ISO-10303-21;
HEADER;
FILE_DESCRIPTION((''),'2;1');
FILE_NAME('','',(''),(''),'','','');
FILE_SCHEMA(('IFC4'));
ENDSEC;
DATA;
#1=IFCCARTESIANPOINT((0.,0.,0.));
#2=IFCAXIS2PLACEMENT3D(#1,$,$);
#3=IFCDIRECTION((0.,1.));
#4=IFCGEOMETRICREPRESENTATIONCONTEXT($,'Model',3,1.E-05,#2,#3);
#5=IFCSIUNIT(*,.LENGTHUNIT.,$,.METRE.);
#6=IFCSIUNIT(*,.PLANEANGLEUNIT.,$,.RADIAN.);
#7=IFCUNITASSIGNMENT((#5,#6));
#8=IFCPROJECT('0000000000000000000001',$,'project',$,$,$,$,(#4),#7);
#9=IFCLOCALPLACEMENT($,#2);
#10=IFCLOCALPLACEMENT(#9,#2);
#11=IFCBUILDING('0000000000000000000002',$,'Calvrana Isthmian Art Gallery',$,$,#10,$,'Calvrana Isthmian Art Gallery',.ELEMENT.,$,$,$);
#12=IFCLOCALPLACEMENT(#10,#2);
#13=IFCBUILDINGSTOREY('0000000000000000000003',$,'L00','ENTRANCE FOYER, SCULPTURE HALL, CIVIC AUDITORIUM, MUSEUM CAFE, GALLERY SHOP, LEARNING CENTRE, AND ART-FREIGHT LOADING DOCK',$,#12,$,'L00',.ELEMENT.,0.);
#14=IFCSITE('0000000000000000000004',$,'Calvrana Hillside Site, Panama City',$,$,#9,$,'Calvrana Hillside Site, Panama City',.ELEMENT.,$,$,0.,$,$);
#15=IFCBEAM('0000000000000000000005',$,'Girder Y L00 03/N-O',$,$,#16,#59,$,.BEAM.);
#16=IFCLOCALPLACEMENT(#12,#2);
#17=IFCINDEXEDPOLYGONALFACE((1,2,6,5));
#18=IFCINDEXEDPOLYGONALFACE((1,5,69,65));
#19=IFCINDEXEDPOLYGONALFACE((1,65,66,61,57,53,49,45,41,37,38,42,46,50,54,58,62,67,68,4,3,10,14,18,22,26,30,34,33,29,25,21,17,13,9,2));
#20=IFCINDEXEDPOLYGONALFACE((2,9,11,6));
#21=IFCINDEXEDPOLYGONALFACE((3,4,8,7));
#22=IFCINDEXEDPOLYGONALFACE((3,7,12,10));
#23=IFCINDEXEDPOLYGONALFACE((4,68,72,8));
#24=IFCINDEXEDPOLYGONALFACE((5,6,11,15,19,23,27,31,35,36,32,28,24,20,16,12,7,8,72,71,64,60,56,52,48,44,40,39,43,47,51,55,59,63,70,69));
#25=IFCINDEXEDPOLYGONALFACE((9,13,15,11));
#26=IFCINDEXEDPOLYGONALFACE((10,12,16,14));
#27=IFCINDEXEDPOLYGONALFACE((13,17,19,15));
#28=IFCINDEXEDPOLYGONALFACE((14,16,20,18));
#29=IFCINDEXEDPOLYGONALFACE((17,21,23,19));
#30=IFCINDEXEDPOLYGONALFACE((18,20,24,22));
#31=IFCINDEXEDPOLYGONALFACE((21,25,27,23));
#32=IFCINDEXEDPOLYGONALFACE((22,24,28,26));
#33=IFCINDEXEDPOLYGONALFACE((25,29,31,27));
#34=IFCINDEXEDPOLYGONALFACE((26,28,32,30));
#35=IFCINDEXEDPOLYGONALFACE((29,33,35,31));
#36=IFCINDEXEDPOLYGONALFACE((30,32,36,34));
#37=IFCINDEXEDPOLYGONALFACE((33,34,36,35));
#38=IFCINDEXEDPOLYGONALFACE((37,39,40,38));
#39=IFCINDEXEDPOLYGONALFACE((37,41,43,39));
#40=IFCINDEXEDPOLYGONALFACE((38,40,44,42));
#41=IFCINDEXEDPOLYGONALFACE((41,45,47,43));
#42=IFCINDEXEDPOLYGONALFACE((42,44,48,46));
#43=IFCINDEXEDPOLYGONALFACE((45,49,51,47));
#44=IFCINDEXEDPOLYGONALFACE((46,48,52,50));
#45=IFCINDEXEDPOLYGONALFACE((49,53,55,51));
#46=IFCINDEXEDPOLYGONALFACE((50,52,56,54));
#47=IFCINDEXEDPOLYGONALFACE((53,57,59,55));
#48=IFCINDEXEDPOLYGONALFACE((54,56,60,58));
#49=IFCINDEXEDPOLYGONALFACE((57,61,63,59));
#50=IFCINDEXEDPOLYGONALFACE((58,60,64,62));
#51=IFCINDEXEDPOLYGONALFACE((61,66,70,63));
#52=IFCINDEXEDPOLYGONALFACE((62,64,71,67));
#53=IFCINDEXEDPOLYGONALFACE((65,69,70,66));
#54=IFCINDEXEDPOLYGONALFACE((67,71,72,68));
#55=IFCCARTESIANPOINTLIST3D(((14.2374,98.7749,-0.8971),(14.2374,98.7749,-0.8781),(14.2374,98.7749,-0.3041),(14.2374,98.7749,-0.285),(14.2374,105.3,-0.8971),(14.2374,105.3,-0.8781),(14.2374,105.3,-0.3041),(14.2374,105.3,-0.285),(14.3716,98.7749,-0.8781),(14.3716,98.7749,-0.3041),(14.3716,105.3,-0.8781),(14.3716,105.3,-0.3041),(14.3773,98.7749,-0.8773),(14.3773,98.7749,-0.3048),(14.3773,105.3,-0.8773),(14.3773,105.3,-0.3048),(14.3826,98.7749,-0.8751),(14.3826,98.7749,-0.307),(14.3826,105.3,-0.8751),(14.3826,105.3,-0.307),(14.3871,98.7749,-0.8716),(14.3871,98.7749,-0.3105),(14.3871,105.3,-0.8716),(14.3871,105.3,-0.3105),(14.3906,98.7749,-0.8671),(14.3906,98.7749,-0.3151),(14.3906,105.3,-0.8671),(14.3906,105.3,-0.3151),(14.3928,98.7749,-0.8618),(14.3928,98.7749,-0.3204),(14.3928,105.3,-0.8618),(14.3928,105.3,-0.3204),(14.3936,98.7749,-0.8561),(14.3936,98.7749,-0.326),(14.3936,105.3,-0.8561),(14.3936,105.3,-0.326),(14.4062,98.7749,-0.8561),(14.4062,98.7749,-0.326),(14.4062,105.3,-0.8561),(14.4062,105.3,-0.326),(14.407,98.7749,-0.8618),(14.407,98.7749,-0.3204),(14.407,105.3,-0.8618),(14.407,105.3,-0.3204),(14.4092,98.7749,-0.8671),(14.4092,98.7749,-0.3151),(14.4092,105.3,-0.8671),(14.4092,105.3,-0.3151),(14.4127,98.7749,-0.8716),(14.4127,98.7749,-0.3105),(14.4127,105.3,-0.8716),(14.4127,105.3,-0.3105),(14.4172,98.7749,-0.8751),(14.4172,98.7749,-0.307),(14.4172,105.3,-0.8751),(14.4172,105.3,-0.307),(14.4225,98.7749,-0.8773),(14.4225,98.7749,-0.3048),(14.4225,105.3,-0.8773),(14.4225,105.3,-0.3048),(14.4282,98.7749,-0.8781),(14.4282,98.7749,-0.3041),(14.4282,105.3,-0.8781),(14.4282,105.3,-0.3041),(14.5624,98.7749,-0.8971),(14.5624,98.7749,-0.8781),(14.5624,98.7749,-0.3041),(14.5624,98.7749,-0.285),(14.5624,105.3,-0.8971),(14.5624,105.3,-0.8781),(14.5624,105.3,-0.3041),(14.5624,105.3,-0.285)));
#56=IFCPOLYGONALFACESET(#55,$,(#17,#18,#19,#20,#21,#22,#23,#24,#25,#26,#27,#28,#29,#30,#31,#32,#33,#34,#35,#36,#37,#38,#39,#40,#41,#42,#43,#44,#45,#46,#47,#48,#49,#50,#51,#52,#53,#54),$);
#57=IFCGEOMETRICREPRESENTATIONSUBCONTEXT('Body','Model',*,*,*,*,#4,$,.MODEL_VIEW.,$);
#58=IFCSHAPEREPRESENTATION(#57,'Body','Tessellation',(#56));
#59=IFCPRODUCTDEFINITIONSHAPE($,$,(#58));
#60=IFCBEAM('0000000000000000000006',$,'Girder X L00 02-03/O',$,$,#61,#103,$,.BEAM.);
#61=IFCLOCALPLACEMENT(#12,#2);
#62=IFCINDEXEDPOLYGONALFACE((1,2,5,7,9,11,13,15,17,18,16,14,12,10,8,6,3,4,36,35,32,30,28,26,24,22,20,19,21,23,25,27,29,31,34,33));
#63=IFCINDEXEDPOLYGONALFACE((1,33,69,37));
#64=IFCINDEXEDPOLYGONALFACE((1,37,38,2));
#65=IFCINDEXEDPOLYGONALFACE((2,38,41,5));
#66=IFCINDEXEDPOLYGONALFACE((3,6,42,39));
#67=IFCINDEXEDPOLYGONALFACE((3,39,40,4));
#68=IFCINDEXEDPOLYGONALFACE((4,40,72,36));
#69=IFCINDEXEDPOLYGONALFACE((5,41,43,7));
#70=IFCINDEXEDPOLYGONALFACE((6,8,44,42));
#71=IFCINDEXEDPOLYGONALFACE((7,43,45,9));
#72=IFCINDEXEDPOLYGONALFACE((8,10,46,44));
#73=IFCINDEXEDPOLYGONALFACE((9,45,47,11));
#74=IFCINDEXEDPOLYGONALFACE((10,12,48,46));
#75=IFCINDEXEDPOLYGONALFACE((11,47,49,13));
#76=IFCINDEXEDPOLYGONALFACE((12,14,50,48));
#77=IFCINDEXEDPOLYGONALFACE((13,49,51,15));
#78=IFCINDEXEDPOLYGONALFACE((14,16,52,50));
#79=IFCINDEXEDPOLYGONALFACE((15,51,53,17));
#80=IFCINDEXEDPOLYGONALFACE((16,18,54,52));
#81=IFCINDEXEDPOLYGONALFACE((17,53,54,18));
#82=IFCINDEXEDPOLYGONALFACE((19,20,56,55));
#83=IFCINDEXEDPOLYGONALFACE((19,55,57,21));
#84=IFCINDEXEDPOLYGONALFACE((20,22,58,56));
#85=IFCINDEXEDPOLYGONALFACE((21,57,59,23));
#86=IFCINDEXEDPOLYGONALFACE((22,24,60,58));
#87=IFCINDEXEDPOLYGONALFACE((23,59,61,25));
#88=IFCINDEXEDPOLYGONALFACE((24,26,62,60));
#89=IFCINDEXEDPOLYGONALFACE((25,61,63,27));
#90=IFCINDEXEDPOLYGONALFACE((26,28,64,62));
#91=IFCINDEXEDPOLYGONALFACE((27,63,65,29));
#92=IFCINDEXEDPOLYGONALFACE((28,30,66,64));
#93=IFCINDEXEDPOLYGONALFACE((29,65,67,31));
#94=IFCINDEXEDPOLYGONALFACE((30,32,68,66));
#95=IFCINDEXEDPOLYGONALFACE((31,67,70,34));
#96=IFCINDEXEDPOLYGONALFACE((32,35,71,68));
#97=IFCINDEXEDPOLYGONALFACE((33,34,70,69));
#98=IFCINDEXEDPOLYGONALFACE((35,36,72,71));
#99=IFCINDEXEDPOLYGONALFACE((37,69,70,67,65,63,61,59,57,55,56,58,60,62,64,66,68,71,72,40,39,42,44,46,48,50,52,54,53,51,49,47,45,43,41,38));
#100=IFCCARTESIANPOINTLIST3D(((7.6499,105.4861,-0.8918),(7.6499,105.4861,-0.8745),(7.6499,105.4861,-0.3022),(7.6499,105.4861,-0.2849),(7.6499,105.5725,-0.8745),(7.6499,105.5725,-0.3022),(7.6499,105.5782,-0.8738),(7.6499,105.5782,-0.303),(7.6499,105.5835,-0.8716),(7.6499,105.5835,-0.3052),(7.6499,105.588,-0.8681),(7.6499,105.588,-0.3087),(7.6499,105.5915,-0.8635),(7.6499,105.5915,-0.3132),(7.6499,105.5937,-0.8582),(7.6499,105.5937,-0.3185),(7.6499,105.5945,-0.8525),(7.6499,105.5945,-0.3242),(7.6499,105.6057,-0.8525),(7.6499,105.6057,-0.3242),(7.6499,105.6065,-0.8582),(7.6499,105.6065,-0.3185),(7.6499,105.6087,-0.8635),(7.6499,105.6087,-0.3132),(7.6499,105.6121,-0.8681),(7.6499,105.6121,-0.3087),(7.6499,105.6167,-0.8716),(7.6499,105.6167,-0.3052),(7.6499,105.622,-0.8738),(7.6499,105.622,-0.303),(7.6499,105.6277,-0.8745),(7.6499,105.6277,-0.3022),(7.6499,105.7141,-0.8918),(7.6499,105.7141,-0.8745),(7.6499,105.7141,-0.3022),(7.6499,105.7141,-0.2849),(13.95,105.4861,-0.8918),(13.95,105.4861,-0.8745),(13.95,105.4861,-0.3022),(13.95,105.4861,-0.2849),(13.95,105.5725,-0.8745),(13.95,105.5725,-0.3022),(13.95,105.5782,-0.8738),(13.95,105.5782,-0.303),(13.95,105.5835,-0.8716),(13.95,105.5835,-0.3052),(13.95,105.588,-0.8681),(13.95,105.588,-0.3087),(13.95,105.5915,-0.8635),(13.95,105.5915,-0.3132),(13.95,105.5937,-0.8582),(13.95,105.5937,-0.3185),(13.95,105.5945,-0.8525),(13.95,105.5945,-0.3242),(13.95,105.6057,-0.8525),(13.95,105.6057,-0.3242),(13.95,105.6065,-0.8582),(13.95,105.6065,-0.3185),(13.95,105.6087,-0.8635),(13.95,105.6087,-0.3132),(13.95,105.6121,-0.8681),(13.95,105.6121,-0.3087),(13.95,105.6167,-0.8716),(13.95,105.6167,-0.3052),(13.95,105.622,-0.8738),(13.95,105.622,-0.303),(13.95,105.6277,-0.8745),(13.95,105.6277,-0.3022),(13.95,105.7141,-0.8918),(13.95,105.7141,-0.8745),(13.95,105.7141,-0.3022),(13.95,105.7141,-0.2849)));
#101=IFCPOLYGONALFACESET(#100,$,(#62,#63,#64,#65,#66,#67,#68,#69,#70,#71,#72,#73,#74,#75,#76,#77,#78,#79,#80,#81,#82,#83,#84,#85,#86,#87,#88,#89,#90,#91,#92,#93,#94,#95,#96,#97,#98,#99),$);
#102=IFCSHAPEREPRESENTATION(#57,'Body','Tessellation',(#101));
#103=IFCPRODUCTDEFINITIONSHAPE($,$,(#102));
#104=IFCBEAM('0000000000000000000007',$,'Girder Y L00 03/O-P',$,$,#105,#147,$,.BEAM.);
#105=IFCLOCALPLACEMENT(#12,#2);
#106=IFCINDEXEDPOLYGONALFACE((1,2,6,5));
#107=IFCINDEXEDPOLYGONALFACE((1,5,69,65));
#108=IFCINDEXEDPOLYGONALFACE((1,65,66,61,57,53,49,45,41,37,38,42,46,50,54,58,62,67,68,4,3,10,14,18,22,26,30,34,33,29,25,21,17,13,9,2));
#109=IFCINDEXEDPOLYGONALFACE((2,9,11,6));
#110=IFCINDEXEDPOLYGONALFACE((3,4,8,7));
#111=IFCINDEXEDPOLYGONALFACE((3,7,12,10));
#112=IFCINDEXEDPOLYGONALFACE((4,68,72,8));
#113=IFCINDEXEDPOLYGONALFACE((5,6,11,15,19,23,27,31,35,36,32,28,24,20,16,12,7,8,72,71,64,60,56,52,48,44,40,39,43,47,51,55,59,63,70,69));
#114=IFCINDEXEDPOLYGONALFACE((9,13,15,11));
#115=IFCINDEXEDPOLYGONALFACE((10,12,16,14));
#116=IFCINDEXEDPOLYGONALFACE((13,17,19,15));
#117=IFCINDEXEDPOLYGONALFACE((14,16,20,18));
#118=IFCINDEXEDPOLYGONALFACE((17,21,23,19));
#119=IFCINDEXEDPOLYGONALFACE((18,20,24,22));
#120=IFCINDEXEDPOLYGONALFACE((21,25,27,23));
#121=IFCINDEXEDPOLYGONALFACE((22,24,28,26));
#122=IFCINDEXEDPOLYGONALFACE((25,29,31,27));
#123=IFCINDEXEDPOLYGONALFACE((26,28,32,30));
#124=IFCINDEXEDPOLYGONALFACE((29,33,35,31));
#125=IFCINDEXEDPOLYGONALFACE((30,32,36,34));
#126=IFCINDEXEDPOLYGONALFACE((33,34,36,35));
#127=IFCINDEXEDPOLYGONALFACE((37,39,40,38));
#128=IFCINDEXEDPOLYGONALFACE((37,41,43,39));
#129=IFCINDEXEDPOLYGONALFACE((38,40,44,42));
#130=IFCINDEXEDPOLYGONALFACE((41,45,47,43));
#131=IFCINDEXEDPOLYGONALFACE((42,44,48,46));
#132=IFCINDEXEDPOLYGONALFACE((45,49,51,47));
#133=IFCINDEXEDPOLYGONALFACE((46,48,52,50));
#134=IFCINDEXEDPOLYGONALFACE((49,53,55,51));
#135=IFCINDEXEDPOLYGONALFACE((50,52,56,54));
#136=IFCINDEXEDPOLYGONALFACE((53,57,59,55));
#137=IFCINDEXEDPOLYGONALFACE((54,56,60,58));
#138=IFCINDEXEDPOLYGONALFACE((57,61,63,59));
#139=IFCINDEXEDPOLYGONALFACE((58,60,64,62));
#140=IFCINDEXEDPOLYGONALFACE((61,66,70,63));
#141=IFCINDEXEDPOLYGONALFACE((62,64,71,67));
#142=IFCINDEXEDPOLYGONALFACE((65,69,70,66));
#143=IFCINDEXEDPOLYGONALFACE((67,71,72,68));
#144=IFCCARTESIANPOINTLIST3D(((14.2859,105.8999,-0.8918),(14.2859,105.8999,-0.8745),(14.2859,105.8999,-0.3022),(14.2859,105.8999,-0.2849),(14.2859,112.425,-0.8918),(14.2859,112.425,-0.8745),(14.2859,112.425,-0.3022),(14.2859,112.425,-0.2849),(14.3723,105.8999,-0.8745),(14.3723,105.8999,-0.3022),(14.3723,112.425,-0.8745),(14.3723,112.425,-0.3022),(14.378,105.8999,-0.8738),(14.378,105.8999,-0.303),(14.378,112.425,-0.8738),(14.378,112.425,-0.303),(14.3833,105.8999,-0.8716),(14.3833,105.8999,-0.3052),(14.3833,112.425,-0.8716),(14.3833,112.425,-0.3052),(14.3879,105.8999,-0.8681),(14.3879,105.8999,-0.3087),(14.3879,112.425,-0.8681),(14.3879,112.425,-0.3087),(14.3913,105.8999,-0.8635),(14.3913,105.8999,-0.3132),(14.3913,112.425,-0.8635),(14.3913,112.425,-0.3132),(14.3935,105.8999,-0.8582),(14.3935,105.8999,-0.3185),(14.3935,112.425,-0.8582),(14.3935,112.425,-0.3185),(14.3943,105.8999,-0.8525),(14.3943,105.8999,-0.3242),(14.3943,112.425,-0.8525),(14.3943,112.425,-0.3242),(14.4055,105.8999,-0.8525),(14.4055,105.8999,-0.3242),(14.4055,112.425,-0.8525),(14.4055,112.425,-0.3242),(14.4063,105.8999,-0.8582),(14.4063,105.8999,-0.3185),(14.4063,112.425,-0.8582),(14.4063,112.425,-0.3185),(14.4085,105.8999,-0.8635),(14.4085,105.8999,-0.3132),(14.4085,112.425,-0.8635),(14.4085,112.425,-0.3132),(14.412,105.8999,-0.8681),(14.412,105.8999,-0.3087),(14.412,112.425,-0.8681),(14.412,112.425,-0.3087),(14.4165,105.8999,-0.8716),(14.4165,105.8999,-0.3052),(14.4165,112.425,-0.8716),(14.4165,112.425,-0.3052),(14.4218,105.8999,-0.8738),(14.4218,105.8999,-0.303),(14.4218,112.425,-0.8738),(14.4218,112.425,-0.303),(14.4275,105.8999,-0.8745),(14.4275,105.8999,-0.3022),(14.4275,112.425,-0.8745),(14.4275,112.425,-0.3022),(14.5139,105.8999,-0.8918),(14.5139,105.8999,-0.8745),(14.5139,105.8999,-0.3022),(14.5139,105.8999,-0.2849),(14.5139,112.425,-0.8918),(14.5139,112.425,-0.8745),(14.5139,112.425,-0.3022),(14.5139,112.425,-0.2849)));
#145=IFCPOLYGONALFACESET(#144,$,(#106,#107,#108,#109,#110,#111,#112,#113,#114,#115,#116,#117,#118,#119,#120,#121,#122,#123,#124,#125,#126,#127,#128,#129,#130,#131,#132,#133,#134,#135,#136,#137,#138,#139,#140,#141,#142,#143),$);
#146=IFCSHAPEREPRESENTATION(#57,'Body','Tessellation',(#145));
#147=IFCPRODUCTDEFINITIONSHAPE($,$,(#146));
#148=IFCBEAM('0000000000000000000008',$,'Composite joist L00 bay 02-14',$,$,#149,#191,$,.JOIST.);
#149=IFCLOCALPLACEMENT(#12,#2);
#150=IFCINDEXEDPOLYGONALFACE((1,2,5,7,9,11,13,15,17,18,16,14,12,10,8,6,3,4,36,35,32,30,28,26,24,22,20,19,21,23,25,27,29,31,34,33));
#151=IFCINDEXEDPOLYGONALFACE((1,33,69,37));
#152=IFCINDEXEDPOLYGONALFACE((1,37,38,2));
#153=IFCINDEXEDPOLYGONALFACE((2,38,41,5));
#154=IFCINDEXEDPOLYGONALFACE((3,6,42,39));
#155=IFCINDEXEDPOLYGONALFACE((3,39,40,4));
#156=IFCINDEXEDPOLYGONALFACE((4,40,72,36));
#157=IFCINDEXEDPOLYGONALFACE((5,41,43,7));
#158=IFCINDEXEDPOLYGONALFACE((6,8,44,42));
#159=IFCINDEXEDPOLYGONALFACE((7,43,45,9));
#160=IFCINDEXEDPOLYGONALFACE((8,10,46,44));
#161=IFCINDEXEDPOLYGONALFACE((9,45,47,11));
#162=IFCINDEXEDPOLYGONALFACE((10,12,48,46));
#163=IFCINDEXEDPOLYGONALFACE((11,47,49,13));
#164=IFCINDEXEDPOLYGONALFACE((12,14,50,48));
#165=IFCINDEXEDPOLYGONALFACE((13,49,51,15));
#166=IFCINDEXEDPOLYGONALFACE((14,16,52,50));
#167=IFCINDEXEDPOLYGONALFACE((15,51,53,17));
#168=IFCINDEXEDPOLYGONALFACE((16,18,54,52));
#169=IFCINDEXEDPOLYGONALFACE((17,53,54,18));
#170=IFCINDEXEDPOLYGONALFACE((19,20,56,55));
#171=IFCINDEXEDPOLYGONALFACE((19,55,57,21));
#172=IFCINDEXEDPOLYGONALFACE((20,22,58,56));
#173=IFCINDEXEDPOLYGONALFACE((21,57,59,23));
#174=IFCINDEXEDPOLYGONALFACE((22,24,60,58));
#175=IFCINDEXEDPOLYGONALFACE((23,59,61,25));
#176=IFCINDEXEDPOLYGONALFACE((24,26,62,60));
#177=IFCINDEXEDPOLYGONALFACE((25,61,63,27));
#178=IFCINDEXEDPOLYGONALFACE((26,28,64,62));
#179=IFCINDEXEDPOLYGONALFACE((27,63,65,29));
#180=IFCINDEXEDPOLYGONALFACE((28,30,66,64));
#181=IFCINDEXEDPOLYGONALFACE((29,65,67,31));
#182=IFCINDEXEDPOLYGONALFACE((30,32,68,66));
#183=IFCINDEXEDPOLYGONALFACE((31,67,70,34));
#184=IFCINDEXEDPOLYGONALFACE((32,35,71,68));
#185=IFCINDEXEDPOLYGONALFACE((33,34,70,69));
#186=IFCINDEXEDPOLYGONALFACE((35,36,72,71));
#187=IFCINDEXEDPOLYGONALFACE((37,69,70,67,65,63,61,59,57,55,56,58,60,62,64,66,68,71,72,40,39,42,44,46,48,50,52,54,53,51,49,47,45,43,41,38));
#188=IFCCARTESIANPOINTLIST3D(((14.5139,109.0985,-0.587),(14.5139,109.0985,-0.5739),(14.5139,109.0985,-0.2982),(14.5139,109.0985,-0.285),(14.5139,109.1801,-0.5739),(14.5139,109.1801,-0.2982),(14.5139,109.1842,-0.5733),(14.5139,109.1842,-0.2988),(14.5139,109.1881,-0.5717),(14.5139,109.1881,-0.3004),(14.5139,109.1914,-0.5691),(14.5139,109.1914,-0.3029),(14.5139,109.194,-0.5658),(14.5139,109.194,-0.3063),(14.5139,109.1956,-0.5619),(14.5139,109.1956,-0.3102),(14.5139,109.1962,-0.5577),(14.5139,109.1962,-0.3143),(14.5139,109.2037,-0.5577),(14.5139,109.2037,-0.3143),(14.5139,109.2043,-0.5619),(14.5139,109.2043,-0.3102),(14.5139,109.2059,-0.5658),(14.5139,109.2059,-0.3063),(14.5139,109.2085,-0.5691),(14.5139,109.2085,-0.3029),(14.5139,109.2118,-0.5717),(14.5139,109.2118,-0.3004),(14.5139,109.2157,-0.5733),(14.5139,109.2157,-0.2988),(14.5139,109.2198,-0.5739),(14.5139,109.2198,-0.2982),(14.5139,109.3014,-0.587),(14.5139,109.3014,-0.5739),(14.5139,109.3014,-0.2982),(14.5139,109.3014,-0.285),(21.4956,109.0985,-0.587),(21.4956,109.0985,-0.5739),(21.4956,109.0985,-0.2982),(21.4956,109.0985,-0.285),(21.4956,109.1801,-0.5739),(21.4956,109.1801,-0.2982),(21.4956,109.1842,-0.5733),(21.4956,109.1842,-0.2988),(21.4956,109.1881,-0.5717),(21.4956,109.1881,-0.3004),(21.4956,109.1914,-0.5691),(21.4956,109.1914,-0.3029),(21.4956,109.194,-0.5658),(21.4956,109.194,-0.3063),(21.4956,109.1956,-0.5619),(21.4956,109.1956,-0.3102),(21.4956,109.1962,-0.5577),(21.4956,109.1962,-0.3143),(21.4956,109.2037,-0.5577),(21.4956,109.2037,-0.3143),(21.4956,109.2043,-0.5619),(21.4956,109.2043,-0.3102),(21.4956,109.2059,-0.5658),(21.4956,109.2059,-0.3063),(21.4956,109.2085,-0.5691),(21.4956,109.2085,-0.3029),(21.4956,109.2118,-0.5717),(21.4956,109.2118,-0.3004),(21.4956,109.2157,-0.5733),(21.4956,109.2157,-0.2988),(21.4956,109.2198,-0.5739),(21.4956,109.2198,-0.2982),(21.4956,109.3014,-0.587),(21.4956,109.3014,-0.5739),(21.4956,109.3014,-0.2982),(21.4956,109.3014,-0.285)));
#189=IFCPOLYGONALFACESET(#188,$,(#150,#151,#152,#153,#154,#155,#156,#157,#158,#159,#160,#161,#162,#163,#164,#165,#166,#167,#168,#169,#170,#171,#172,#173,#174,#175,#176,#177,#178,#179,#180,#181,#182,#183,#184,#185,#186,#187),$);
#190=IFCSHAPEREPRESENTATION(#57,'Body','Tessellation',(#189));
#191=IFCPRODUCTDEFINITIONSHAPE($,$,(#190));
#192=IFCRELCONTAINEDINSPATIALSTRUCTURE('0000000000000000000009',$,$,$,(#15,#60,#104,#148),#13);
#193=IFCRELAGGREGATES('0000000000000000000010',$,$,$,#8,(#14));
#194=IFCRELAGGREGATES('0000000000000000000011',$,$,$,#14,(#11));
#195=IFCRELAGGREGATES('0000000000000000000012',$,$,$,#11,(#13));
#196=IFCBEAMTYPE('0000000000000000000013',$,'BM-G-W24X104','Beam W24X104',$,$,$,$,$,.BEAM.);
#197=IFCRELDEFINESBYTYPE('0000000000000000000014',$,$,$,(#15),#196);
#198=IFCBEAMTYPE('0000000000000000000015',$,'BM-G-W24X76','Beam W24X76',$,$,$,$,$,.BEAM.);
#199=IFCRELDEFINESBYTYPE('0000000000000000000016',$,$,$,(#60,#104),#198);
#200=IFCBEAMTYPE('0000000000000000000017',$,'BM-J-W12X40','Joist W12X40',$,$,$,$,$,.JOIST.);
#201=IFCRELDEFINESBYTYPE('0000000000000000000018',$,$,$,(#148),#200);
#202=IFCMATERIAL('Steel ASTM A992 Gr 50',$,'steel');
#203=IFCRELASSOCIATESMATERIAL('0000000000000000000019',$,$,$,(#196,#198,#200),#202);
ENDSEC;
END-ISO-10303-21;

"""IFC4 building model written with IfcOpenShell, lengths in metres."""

from ifc_helpers import new_model, si_unit, direction, frame, origin, origin_2d, place, context, subcontext, project, spatial, i_section, extrude, material, material_profile, profile_set, type_object, element, save


model = new_model("IFC4")

# Units and contexts
model_context = context("Model", 3, precision=1e-05, world=origin(), true_north=direction((0.0, 1.0)))
body_context = subcontext(model_context, "Body", "Model", "MODEL_VIEW")
ifc_project = project(units=[si_unit("LENGTHUNIT", "METRE"), si_unit("PLANEANGLEUNIT", "RADIAN")], contexts=[model_context])

# Site, building, storey
site_placement = place(None, origin())
site = spatial("IfcSite", under=ifc_project, at=site_placement, Name="Calvrana Hillside Site, Panama City", LongName="Calvrana Hillside Site, Panama City", CompositionType="ELEMENT", RefElevation=0.0)
building_placement = place(site_placement, origin())
building = spatial("IfcBuilding", under=site, at=building_placement, Name="Calvrana Isthmian Art Gallery", LongName="Calvrana Isthmian Art Gallery", CompositionType="ELEMENT")
storey_placement = place(building_placement, origin())
storey = spatial("IfcBuildingStorey", under=building, at=storey_placement, Name="L00", Description="ENTRANCE FOYER, SCULPTURE HALL, CIVIC AUDITORIUM, MUSEUM CAFE, GALLERY SHOP, LEARNING CENTRE, AND ART-FREIGHT LOADING DOCK", LongName="L00", CompositionType="ELEMENT", Elevation=0.0)

# Beams
ifc_material_1 = material(Name="Steel ASTM A992 Gr 50", Category="steel")
ifc_material_profile_1 = material_profile(ifc_material_1, i_section(OverallWidth=0.325, OverallDepth=0.6121, WebThickness=0.0127, FlangeThickness=0.019, FilletRadius=0.022, at=origin_2d()), Name="W24X104")
ifc_profile_set_1 = profile_set([ifc_material_profile_1], Name="Steel ASTM A992 Gr 50")
beam_type_1 = type_object("IfcBeamType", Name="BM-G-W24X104", Description="Beam W24X104", PredefinedType="BEAM", material=ifc_profile_set_1)
beam_1_placement = place(storey_placement, frame((14.3999, 98.7749, -0.5911), z_axis=(0.0, 1.0, 0.0), x_axis=(-1.0, 0.0, 0.0)))
element("IfcBeam", 1, at=beam_1_placement, inside=storey, type_object=beam_type_1, Name="Girder Y L00 03/N-O", PredefinedType="BEAM", context=body_context, shape_type="SweptSolid", body=[
    extrude(i_section(OverallWidth=0.325, OverallDepth=0.6121, WebThickness=0.0127, FlangeThickness=0.019, FilletRadius=0.022, at=origin_2d()), origin(), (0.0, 0.0, 1.0), 6.5251),
])
ifc_material_profile_2 = material_profile(ifc_material_1, i_section(OverallWidth=0.228, OverallDepth=0.6069, WebThickness=0.0112, FlangeThickness=0.0173, FilletRadius=0.022, at=origin_2d()), Name="W24X76")
ifc_profile_set_2 = profile_set([ifc_material_profile_2], Name="Steel ASTM A992 Gr 50")
beam_type_2 = type_object("IfcBeamType", Name="BM-G-W24X76", Description="Beam W24X76", PredefinedType="BEAM", material=ifc_profile_set_2)
beam_2_placement = place(storey_placement, frame((7.6499, 105.6001, -0.5884), z_axis=(1.0, 0.0, 0.0), x_axis=(0.0, 1.0, 0.0)))
element("IfcBeam", 2, at=beam_2_placement, inside=storey, type_object=beam_type_2, Name="Girder X L00 02-03/O", PredefinedType="BEAM", context=body_context, shape_type="SweptSolid", body=[
    extrude(i_section(OverallWidth=0.228, OverallDepth=0.6069, WebThickness=0.0112, FlangeThickness=0.0173, FilletRadius=0.022, at=origin_2d()), origin(), (0.0, 0.0, 1.0), 6.3),
])
beam_3_placement = place(storey_placement, frame((14.3999, 105.8999, -0.5884), z_axis=(0.0, 1.0, 0.0), x_axis=(-1.0, 0.0, 0.0)))
element("IfcBeam", 3, at=beam_3_placement, inside=storey, type_object=beam_type_2, Name="Girder Y L00 03/O-P", PredefinedType="BEAM", context=body_context, shape_type="SweptSolid", body=[
    extrude(i_section(OverallWidth=0.228, OverallDepth=0.6069, WebThickness=0.0112, FlangeThickness=0.0173, FilletRadius=0.022, at=origin_2d()), origin(), (0.0, 0.0, 1.0), 6.5251),
])
ifc_material_profile_3 = material_profile(ifc_material_1, i_section(OverallWidth=0.2029, OverallDepth=0.302, WebThickness=0.0076, FlangeThickness=0.0132, FilletRadius=0.0161, at=origin_2d()), Name="W12X40")
ifc_profile_set_3 = profile_set([ifc_material_profile_3], Name="Steel ASTM A992 Gr 50")
beam_type_3 = type_object("IfcBeamType", Name="BM-J-W12X40", Description="Joist W12X40", PredefinedType="JOIST", material=ifc_profile_set_3)
beam_4_placement = place(storey_placement, frame((14.5139, 109.2, -0.436), z_axis=(1.0, 0.0, 0.0), x_axis=(0.0, 1.0, 0.0)))
element("IfcBeam", 4, at=beam_4_placement, inside=storey, type_object=beam_type_3, Name="Composite joist L00 bay 02-14", PredefinedType="JOIST", context=body_context, shape_type="SweptSolid", body=[
    extrude(i_section(OverallWidth=0.2029, OverallDepth=0.302, WebThickness=0.0076, FlangeThickness=0.0132, FilletRadius=0.0161, at=origin_2d()), origin(), (0.0, 0.0, 1.0), 6.9817),
])

save(model, "model.ifc")
